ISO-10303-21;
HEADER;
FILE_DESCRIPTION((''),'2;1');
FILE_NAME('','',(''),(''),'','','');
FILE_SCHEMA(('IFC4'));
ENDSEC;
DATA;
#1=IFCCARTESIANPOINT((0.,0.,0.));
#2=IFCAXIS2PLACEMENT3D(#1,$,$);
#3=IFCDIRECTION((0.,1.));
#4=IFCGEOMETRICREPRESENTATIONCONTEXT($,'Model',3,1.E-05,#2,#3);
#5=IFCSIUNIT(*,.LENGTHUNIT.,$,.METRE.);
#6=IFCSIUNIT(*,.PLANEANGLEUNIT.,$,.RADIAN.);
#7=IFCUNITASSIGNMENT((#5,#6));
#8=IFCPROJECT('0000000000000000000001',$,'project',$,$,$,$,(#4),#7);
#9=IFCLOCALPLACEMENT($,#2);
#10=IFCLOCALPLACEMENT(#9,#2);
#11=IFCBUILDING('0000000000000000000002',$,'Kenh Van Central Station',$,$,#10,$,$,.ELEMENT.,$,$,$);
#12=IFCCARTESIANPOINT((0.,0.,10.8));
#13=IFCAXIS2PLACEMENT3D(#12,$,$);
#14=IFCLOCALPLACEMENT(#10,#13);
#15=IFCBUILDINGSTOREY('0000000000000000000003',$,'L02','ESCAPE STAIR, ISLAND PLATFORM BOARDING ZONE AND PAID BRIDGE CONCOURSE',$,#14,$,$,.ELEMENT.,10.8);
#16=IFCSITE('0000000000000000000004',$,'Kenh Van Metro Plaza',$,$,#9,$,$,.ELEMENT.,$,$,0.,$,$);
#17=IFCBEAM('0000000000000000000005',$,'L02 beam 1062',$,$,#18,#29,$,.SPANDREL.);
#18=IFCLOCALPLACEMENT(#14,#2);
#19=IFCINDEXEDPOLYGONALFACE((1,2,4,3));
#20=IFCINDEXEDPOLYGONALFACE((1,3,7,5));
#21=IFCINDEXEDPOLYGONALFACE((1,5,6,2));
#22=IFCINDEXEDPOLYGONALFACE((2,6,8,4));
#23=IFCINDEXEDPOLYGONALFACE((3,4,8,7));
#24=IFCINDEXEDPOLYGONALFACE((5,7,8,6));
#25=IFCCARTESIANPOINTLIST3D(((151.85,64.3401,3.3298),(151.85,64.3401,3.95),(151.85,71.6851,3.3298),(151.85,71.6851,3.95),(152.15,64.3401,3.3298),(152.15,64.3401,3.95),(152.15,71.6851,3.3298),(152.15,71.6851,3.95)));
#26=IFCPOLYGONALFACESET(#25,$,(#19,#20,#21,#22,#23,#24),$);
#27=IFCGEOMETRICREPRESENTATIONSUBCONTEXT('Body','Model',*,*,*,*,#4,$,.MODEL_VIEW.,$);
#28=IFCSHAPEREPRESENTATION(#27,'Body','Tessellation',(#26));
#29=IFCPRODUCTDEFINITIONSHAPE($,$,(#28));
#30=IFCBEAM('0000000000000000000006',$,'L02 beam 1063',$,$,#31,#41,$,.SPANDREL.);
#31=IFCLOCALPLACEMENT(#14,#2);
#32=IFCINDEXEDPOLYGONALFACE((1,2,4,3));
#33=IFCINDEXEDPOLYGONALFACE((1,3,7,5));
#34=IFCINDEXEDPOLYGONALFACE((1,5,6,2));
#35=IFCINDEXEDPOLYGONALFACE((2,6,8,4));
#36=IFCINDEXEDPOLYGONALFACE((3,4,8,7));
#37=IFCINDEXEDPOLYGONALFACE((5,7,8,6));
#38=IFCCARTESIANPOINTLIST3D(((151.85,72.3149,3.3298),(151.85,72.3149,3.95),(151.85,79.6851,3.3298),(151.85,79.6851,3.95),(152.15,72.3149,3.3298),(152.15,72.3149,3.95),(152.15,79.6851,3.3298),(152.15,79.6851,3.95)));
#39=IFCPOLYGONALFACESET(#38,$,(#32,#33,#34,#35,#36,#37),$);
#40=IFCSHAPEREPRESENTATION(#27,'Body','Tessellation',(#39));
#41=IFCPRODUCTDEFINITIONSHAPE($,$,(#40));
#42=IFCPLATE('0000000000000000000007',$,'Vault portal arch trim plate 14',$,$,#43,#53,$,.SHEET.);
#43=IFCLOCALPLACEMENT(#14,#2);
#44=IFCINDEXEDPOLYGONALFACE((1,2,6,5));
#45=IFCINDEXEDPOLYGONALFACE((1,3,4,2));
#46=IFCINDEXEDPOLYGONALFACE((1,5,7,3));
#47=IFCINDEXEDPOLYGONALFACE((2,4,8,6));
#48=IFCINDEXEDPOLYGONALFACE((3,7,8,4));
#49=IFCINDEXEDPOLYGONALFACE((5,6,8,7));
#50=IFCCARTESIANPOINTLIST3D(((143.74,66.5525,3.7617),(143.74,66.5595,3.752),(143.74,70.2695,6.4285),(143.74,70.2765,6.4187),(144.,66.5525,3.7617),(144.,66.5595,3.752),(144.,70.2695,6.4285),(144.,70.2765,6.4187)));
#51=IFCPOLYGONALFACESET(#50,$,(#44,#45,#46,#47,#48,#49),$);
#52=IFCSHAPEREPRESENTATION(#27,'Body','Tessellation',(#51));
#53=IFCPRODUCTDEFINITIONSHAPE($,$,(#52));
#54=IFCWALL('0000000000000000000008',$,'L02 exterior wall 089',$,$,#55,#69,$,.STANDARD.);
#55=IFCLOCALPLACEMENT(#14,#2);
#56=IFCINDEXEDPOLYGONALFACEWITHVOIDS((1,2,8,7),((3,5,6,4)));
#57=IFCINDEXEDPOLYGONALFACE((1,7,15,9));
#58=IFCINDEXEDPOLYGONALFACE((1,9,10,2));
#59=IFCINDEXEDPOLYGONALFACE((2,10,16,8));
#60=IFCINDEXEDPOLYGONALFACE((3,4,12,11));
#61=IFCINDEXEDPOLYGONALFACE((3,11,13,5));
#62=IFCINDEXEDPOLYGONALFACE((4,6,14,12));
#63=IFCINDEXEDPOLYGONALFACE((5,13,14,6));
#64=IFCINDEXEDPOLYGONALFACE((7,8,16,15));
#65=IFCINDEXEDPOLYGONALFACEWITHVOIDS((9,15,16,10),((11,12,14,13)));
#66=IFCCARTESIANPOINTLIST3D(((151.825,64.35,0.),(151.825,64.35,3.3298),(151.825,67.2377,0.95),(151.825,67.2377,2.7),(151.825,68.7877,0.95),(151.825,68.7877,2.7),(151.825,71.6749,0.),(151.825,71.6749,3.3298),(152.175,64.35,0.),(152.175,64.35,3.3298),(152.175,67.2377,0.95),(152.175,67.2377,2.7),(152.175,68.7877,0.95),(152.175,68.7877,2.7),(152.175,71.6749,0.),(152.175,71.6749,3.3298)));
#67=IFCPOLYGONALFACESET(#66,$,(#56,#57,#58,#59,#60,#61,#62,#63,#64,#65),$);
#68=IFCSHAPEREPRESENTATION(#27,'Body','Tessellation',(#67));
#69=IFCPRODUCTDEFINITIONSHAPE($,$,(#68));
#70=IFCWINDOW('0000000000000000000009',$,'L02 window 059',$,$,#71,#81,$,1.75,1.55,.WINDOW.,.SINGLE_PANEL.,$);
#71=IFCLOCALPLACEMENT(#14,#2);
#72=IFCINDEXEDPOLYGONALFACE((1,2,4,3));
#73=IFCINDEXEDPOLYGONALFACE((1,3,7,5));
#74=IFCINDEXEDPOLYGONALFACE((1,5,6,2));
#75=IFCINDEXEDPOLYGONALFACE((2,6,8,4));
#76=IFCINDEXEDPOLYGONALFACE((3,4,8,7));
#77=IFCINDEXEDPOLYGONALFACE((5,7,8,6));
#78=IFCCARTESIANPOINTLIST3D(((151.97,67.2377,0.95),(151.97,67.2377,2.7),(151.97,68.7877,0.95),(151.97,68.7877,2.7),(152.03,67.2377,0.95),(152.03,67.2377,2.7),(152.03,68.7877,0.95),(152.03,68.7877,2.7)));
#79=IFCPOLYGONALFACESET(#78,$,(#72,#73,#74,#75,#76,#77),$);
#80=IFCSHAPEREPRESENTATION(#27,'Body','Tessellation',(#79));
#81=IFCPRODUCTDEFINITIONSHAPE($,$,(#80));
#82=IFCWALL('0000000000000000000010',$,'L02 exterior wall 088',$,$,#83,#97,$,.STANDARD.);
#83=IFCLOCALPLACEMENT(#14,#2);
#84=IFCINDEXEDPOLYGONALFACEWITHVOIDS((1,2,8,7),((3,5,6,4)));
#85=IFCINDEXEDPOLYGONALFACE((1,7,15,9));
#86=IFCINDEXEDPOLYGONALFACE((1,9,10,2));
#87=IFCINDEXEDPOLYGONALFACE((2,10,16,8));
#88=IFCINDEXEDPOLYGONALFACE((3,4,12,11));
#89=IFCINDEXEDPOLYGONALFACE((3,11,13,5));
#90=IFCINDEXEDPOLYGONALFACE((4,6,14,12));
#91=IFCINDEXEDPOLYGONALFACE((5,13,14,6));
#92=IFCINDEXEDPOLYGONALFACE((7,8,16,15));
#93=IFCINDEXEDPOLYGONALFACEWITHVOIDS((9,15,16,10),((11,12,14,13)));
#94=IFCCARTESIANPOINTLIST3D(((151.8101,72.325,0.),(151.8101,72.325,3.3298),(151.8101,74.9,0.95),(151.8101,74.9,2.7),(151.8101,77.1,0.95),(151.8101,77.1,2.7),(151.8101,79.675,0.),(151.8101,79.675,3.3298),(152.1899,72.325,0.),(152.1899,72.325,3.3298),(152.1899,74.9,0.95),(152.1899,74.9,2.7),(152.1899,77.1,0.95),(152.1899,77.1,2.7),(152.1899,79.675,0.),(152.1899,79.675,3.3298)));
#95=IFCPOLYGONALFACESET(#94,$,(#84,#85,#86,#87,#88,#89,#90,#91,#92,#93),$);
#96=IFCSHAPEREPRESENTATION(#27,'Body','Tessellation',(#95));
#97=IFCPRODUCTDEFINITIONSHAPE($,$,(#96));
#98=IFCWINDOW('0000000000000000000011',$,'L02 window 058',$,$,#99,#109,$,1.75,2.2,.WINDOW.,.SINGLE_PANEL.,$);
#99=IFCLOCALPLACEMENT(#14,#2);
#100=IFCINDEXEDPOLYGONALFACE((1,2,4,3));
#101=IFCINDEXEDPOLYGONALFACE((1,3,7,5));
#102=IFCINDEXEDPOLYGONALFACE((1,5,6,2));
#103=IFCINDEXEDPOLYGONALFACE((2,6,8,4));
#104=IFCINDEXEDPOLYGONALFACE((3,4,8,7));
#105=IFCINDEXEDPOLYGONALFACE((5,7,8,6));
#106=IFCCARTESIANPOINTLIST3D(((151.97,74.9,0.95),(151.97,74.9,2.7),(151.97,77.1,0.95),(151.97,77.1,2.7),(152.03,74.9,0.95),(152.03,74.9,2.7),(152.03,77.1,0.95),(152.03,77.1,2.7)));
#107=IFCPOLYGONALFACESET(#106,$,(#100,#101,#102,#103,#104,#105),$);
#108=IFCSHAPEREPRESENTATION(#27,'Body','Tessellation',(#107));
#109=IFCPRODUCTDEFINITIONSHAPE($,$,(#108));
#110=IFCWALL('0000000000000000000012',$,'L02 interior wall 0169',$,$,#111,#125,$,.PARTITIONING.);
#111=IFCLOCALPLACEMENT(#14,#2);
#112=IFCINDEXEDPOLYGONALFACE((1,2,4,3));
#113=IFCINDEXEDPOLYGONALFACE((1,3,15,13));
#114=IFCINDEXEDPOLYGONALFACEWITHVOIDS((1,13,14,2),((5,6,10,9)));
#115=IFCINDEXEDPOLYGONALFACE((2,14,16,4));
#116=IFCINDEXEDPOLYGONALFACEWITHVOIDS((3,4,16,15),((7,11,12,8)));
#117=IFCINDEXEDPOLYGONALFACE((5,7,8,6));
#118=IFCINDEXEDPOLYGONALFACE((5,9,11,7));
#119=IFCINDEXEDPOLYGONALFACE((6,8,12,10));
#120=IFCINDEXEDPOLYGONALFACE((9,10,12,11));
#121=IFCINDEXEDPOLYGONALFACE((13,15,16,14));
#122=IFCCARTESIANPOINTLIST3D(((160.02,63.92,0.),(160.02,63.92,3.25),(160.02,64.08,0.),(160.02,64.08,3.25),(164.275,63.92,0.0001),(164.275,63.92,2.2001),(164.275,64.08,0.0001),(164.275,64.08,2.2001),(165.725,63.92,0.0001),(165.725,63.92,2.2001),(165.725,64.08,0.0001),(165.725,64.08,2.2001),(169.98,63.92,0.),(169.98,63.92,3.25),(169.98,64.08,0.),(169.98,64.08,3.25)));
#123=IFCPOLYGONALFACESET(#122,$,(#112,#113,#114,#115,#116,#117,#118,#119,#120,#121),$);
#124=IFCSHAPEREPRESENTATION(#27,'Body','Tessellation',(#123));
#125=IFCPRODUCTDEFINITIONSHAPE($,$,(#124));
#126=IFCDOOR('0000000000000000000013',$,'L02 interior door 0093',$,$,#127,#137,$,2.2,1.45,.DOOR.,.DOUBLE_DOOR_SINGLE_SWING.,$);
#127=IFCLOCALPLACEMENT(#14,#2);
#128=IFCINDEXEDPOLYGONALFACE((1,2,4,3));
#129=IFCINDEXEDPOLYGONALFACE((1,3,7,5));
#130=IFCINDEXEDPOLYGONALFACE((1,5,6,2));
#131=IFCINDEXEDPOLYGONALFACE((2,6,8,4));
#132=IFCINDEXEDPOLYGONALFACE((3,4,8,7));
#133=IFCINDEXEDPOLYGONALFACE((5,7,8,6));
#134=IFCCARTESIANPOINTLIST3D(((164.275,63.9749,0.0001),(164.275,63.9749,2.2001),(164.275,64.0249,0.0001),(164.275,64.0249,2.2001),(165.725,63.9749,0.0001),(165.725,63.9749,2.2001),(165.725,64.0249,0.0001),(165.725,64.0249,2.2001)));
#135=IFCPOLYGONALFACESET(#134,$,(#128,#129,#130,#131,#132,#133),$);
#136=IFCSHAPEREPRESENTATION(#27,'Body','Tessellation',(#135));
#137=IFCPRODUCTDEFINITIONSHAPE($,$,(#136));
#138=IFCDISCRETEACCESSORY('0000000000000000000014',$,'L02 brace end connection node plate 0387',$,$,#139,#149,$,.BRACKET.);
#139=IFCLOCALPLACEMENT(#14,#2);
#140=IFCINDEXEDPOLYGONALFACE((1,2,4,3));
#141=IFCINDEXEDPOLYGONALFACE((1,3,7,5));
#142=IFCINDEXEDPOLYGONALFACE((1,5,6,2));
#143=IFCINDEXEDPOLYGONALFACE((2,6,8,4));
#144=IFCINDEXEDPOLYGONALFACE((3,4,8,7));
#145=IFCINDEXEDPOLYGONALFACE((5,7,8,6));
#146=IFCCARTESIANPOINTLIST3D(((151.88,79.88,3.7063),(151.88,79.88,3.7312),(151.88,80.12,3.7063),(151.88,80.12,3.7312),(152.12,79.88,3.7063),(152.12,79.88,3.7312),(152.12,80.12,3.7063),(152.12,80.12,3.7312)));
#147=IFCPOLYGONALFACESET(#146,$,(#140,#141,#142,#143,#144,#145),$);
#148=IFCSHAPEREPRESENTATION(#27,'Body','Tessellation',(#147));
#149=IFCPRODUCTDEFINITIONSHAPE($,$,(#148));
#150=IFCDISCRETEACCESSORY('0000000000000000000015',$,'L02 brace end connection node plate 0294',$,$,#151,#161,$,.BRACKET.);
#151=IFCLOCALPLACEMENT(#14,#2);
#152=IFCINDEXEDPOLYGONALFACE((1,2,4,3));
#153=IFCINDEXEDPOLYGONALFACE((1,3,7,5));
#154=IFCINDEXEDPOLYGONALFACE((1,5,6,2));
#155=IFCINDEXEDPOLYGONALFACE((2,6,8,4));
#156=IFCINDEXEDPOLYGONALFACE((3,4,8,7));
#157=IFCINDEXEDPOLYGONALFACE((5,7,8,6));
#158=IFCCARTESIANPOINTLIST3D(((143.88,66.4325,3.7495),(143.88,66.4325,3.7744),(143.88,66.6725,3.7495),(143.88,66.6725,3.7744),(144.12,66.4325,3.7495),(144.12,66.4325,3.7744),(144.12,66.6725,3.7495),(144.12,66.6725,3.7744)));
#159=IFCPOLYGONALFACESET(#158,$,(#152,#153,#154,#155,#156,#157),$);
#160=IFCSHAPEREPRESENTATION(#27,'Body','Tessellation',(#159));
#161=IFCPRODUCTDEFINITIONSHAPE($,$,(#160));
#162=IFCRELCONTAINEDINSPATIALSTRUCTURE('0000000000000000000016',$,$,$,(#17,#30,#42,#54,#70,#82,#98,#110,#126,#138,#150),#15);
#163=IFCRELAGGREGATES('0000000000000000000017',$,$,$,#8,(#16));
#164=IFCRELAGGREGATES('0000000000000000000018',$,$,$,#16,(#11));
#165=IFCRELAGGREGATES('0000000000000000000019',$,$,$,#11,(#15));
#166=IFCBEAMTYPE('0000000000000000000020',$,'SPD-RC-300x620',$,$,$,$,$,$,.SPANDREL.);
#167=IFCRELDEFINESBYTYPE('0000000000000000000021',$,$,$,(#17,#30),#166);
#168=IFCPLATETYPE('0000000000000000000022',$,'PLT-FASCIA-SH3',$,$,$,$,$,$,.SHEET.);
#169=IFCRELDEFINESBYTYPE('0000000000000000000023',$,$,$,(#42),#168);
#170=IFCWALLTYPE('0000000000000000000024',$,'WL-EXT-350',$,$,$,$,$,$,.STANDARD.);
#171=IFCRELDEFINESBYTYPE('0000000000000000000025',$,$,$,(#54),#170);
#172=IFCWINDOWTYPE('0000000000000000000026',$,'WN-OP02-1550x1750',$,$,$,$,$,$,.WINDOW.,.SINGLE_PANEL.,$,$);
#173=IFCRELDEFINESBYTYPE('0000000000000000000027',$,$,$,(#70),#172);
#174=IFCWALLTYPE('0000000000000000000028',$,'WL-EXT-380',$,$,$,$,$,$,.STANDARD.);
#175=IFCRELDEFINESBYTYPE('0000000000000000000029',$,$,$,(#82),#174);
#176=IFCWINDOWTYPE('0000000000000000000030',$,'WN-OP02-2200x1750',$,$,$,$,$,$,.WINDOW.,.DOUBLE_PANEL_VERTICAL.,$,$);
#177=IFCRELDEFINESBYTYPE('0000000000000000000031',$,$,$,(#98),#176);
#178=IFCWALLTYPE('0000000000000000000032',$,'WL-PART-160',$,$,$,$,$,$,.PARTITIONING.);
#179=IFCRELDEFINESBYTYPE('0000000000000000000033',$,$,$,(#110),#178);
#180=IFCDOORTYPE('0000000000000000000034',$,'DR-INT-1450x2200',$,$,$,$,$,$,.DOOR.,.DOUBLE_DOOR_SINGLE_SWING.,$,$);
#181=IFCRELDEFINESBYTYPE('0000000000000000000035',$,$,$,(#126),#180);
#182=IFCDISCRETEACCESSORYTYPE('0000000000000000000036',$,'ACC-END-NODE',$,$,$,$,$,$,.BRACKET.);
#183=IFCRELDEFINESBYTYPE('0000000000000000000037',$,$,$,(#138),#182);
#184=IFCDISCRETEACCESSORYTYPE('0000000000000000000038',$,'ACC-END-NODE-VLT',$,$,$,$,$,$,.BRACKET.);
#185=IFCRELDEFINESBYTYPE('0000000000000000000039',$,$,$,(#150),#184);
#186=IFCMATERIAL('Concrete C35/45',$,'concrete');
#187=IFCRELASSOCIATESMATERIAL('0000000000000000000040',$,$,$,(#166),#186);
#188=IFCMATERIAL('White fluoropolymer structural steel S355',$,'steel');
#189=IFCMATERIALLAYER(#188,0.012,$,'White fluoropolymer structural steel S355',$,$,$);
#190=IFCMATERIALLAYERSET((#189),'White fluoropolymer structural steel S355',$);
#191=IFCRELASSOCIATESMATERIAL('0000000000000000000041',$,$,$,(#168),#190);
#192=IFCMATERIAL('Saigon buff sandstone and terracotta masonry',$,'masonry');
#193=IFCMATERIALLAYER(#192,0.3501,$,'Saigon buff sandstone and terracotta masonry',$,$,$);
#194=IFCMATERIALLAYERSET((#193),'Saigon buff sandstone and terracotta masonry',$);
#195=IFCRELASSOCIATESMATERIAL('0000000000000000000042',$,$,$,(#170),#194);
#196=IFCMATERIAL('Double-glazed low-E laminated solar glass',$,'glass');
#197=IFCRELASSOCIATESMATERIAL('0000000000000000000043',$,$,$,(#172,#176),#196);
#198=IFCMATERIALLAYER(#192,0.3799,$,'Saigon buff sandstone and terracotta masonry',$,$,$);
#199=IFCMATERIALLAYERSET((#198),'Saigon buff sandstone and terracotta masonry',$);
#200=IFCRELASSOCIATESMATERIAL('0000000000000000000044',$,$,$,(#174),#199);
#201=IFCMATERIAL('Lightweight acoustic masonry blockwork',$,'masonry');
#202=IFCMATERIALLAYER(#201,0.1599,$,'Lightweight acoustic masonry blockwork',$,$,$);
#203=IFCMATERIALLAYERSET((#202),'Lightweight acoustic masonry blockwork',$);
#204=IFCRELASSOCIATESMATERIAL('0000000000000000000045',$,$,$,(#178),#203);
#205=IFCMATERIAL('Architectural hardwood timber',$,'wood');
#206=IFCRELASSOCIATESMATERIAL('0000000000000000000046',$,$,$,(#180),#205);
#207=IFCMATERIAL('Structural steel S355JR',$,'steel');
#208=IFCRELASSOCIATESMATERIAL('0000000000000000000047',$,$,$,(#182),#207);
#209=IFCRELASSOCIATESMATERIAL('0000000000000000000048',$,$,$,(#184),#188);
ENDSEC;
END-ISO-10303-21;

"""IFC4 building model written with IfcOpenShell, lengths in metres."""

from ifc_helpers import new_model, si_unit, direction, frame, frame_2d, origin, origin_2d, place, context, subcontext, project, spatial, polyline, rectangle, outline, extrude, material, layer, layer_set, material_profile, profile_set, type_object, element, fill, save


model = new_model("IFC4")

# Units and contexts
model_context = context("Model", 3, precision=1e-05, world=origin(), true_north=direction((0.0, 1.0)))
body_context = subcontext(model_context, "Body", "Model", "MODEL_VIEW")
ifc_project = project(units=[si_unit("LENGTHUNIT", "METRE"), si_unit("PLANEANGLEUNIT", "RADIAN")], contexts=[model_context])

# Site, building, storey
site_placement = place(None, origin())
site = spatial("IfcSite", under=ifc_project, at=site_placement, Name="Kenh Van Metro Plaza", CompositionType="ELEMENT", RefElevation=0.0)
building_placement = place(site_placement, origin())
building = spatial("IfcBuilding", under=site, at=building_placement, Name="Kenh Van Central Station", CompositionType="ELEMENT")
storey_placement = place(building_placement, frame((0.0, 0.0, 10.8)))
storey = spatial("IfcBuildingStorey", under=building, at=storey_placement, Name="L02", Description="ESCAPE STAIR, ISLAND PLATFORM BOARDING ZONE AND PAID BRIDGE CONCOURSE", CompositionType="ELEMENT", Elevation=10.8)

# Shared definitions
ifc_material_1 = material(Name="Concrete C35/45", Category="concrete")

# Beams
ifc_material_2 = material(Name="White fluoropolymer structural steel S355", Category="steel")
ifc_material_profile_1 = material_profile(ifc_material_1, rectangle(XDim=0.3, YDim=0.6201, at=origin_2d()), Name="RC 300x620")
ifc_profile_set_1 = profile_set([ifc_material_profile_1], Name="Concrete C35/45")
beam_type_1 = type_object("IfcBeamType", Name="SPD-RC-300x620", PredefinedType="SPANDREL", material=ifc_profile_set_1)
beam_1_placement = place(storey_placement, frame((152.0, 64.3401, 3.6399), z_axis=(0.0, 1.0, 0.0), x_axis=(-1.0, 0.0, 0.0)))
element("IfcBeam", 1, at=beam_1_placement, inside=storey, type_object=beam_type_1, Name="L02 beam 1062", PredefinedType="SPANDREL", context=body_context, shape_type="SweptSolid", body=[
    extrude(rectangle(XDim=0.3, YDim=0.6201, at=origin_2d()), origin(), (0.0, 0.0, 1.0), 7.345),
])
beam_2_placement = place(storey_placement, frame((152.0, 72.3149, 3.6399), z_axis=(0.0, 1.0, 0.0), x_axis=(-1.0, 0.0, 0.0)))
element("IfcBeam", 2, at=beam_2_placement, inside=storey, type_object=beam_type_1, Name="L02 beam 1063", PredefinedType="SPANDREL", context=body_context, shape_type="SweptSolid", body=[
    extrude(rectangle(XDim=0.3, YDim=0.6201, at=origin_2d()), origin(), (0.0, 0.0, 1.0), 7.3701),
])

# Plate
ifc_layer_1 = layer(ifc_material_2, 0.012, Name="White fluoropolymer structural steel S355")
ifc_layer_set_1 = layer_set([ifc_layer_1], Name="White fluoropolymer structural steel S355")
plate_type = type_object("IfcPlateType", Name="PLT-FASCIA-SH3", PredefinedType="SHEET", material=ifc_layer_set_1)
plate_placement = place(storey_placement, frame((144.0, 66.5525, 3.7617), z_axis=(0.0, -0.582933, 0.81252), x_axis=(-1.0, 0.0, 0.0)))
element("IfcPlate", 3, at=plate_placement, inside=storey, type_object=plate_type, Name="Vault portal arch trim plate 14", PredefinedType="SHEET", context=body_context, shape_type="SweptSolid", body=[
    extrude(outline(polyline([(0.0, 0.0), (0.26, 0.0), (0.26, -4.5747), (0.0, -4.5747), (0.0, 0.0)])), origin(), (0.0, 0.0, -1.0), 0.012),
])

# Walls, openings, windows
ifc_material_3 = material(Name="Saigon buff sandstone and terracotta masonry", Category="masonry")
ifc_layer_2 = layer(ifc_material_3, 0.3501, Name="Saigon buff sandstone and terracotta masonry")
ifc_layer_set_2 = layer_set([ifc_layer_2], Name="Saigon buff sandstone and terracotta masonry")
wall_type_1 = type_object("IfcWallType", Name="WL-EXT-350", PredefinedType="STANDARD", material=ifc_layer_set_2)
wall_1_placement = place(storey_placement, frame((152.0, 71.675, 0.0), z_axis=(0.0, 0.0, 1.0), x_axis=(0.0, -1.0, 0.0)))
wall_1 = element("IfcWall", 4, at=wall_1_placement, inside=storey, type_object=wall_type_1, Name="L02 exterior wall 089", PredefinedType="STANDARD", context=body_context, shape_type="SweptSolid", body=[
    extrude(rectangle(XDim=7.325, YDim=0.3501, at=frame_2d((3.6626, 0.0))), origin(), (0.0, 0.0, 1.0), 3.3298),
])
opening_1_placement = place(wall_1_placement, frame((2.8875, 0.0, 0.95)))
opening_1 = element("IfcOpeningElement", 5, at=opening_1_placement, cuts=wall_1, PredefinedType="OPENING", context=body_context, shape_type="SweptSolid", body=[
    extrude(rectangle(XDim=1.55, YDim=1.75, at=frame_2d((0.7749, 0.875))), frame((0.0, 0.1851, 0.0), z_axis=(0.0, -1.0, 0.0), x_axis=(1.0, 0.0, 0.0)), (0.0, 0.0, 1.0), 0.3701),
])
ifc_material_4 = material(Name="Double-glazed low-E laminated solar glass", Category="glass")
window_type_1 = type_object("IfcWindowType", Name="WN-OP02-1550x1750", PartitioningType="SINGLE_PANEL", PredefinedType="WINDOW", material=ifc_material_4)
window_1_placement = place(opening_1_placement, origin())
window_1 = element("IfcWindow", 6, at=window_1_placement, inside=storey, type_object=window_type_1, Name="L02 window 059", OverallHeight=1.75, OverallWidth=1.55, PartitioningType="SINGLE_PANEL", PredefinedType="WINDOW", context=body_context, shape_type="SweptSolid", body=[
    extrude(rectangle(XDim=1.55, YDim=1.75, at=frame_2d((0.7749, 0.875))), frame((0.0, 0.03, 0.0), z_axis=(0.0, -1.0, 0.0), x_axis=(1.0, 0.0, 0.0)), (0.0, 0.0, 1.0), 0.0601),
])
fill(opening_1, window_1)
ifc_layer_3 = layer(ifc_material_3, 0.3799, Name="Saigon buff sandstone and terracotta masonry")
ifc_layer_set_3 = layer_set([ifc_layer_3], Name="Saigon buff sandstone and terracotta masonry")
wall_type_2 = type_object("IfcWallType", Name="WL-EXT-380", PredefinedType="STANDARD", material=ifc_layer_set_3)
wall_2_placement = place(storey_placement, frame((152.0, 79.675, 0.0), z_axis=(0.0, 0.0, 1.0), x_axis=(0.0, -1.0, 0.0)))
wall_2 = element("IfcWall", 7, at=wall_2_placement, inside=storey, type_object=wall_type_2, Name="L02 exterior wall 088", PredefinedType="STANDARD", context=body_context, shape_type="SweptSolid", body=[
    extrude(rectangle(XDim=7.3501, YDim=0.3799, at=frame_2d((3.675, 0.0))), origin(), (0.0, 0.0, 1.0), 3.3298),
])
opening_2_placement = place(wall_2_placement, frame((2.575, 0.0, 0.95)))
opening_2 = element("IfcOpeningElement", 8, at=opening_2_placement, cuts=wall_2, PredefinedType="OPENING", context=body_context, shape_type="SweptSolid", body=[
    extrude(rectangle(XDim=2.2, YDim=1.75, at=frame_2d((1.1001, 0.875))), frame((0.0, 0.2, 0.0), z_axis=(0.0, -1.0, 0.0), x_axis=(1.0, 0.0, 0.0)), (0.0, 0.0, 1.0), 0.3999),
])
window_type_2 = type_object("IfcWindowType", Name="WN-OP02-2200x1750", PartitioningType="DOUBLE_PANEL_VERTICAL", PredefinedType="WINDOW", material=ifc_material_4)
window_2_placement = place(opening_2_placement, origin())
window_2 = element("IfcWindow", 9, at=window_2_placement, inside=storey, type_object=window_type_2, Name="L02 window 058", OverallHeight=1.75, OverallWidth=2.2, PartitioningType="SINGLE_PANEL", PredefinedType="WINDOW", context=body_context, shape_type="SweptSolid", body=[
    extrude(rectangle(XDim=2.2, YDim=1.75, at=frame_2d((1.1001, 0.875))), frame((0.0, 0.03, 0.0), z_axis=(0.0, -1.0, 0.0), x_axis=(1.0, 0.0, 0.0)), (0.0, 0.0, 1.0), 0.0601),
])
fill(opening_2, window_2)

# Wall, opening, door
ifc_material_5 = material(Name="Lightweight acoustic masonry blockwork", Category="masonry")
ifc_layer_4 = layer(ifc_material_5, 0.1599, Name="Lightweight acoustic masonry blockwork")
ifc_layer_set_4 = layer_set([ifc_layer_4], Name="Lightweight acoustic masonry blockwork")
wall_type_3 = type_object("IfcWallType", Name="WL-PART-160", PredefinedType="PARTITIONING", material=ifc_layer_set_4)
wall_3_placement = place(storey_placement, frame((160.02, 64.0, 0.0), z_axis=(0.0, 0.0, 1.0), x_axis=(1.0, 0.0, 0.0)))
wall_3 = element("IfcWall", 10, at=wall_3_placement, inside=storey, type_object=wall_type_3, Name="L02 interior wall 0169", PredefinedType="PARTITIONING", context=body_context, shape_type="SweptSolid", body=[
    extrude(rectangle(XDim=9.96, YDim=0.1599, at=frame_2d((4.98, 0.0))), origin(), (0.0, 0.0, 1.0), 3.25),
])
opening_3_placement = place(wall_3_placement, frame((4.2549, 0.0, 0.0)))
opening_3 = element("IfcOpeningElement", 11, at=opening_3_placement, cuts=wall_3, PredefinedType="OPENING", context=body_context, shape_type="SweptSolid", body=[
    extrude(rectangle(XDim=1.45, YDim=2.2, at=frame_2d((0.7251, 1.1001))), frame((0.0, 0.0898, 0.0), z_axis=(0.0, -1.0, 0.0), x_axis=(1.0, 0.0, 0.0)), (0.0, 0.0, 1.0), 0.1799),
])
ifc_material_6 = material(Name="Architectural hardwood timber", Category="wood")
door_type = type_object("IfcDoorType", Name="DR-INT-1450x2200", OperationType="DOUBLE_DOOR_SINGLE_SWING", PredefinedType="DOOR", material=ifc_material_6)
door_placement = place(opening_3_placement, origin())
door = element("IfcDoor", 12, at=door_placement, inside=storey, type_object=door_type, Name="L02 interior door 0093", OperationType="DOUBLE_DOOR_SINGLE_SWING", OverallHeight=2.2, OverallWidth=1.45, PredefinedType="DOOR", context=body_context, shape_type="SweptSolid", body=[
    extrude(rectangle(XDim=1.45, YDim=2.2, at=frame_2d((0.7251, 1.1001))), frame((0.0, 0.0249, 0.0), z_axis=(0.0, -1.0, 0.0), x_axis=(1.0, 0.0, 0.0)), (0.0, 0.0, 1.0), 0.05),
])
fill(opening_3, door)

# Discrete accessories
ifc_material_7 = material(Name="Structural steel S355JR", Category="steel")
discrete_accessory_type_1 = type_object("IfcDiscreteAccessoryType", Name="ACC-END-NODE", PredefinedType="BRACKET", material=ifc_material_7)
discrete_accessory_1_placement = place(storey_placement, frame((152.0, 80.0, 3.7063), z_axis=(0.0, 0.0, 1.0), x_axis=(1.0, 0.0, 0.0)))
element("IfcDiscreteAccessory", 13, at=discrete_accessory_1_placement, inside=storey, type_object=discrete_accessory_type_1, Name="L02 brace end connection node plate 0387", PredefinedType="BRACKET", context=body_context, shape_type="SweptSolid", body=[
    extrude(rectangle(XDim=0.24, YDim=0.24, at=origin_2d()), origin(), (0.0, 0.0, 1.0), 0.0249),
])
discrete_accessory_type_2 = type_object("IfcDiscreteAccessoryType", Name="ACC-END-NODE-VLT", PredefinedType="BRACKET", material=ifc_material_2)
discrete_accessory_2_placement = place(storey_placement, frame((144.0, 66.5525, 3.7495), z_axis=(0.0, 0.0, 1.0), x_axis=(1.0, 0.0, 0.0)))
element("IfcDiscreteAccessory", 14, at=discrete_accessory_2_placement, inside=storey, type_object=discrete_accessory_type_2, Name="L02 brace end connection node plate 0294", PredefinedType="BRACKET", context=body_context, shape_type="SweptSolid", body=[
    extrude(rectangle(XDim=0.24, YDim=0.24, at=origin_2d()), origin(), (0.0, 0.0, 1.0), 0.0249),
])

save(model, "model.ifc")
